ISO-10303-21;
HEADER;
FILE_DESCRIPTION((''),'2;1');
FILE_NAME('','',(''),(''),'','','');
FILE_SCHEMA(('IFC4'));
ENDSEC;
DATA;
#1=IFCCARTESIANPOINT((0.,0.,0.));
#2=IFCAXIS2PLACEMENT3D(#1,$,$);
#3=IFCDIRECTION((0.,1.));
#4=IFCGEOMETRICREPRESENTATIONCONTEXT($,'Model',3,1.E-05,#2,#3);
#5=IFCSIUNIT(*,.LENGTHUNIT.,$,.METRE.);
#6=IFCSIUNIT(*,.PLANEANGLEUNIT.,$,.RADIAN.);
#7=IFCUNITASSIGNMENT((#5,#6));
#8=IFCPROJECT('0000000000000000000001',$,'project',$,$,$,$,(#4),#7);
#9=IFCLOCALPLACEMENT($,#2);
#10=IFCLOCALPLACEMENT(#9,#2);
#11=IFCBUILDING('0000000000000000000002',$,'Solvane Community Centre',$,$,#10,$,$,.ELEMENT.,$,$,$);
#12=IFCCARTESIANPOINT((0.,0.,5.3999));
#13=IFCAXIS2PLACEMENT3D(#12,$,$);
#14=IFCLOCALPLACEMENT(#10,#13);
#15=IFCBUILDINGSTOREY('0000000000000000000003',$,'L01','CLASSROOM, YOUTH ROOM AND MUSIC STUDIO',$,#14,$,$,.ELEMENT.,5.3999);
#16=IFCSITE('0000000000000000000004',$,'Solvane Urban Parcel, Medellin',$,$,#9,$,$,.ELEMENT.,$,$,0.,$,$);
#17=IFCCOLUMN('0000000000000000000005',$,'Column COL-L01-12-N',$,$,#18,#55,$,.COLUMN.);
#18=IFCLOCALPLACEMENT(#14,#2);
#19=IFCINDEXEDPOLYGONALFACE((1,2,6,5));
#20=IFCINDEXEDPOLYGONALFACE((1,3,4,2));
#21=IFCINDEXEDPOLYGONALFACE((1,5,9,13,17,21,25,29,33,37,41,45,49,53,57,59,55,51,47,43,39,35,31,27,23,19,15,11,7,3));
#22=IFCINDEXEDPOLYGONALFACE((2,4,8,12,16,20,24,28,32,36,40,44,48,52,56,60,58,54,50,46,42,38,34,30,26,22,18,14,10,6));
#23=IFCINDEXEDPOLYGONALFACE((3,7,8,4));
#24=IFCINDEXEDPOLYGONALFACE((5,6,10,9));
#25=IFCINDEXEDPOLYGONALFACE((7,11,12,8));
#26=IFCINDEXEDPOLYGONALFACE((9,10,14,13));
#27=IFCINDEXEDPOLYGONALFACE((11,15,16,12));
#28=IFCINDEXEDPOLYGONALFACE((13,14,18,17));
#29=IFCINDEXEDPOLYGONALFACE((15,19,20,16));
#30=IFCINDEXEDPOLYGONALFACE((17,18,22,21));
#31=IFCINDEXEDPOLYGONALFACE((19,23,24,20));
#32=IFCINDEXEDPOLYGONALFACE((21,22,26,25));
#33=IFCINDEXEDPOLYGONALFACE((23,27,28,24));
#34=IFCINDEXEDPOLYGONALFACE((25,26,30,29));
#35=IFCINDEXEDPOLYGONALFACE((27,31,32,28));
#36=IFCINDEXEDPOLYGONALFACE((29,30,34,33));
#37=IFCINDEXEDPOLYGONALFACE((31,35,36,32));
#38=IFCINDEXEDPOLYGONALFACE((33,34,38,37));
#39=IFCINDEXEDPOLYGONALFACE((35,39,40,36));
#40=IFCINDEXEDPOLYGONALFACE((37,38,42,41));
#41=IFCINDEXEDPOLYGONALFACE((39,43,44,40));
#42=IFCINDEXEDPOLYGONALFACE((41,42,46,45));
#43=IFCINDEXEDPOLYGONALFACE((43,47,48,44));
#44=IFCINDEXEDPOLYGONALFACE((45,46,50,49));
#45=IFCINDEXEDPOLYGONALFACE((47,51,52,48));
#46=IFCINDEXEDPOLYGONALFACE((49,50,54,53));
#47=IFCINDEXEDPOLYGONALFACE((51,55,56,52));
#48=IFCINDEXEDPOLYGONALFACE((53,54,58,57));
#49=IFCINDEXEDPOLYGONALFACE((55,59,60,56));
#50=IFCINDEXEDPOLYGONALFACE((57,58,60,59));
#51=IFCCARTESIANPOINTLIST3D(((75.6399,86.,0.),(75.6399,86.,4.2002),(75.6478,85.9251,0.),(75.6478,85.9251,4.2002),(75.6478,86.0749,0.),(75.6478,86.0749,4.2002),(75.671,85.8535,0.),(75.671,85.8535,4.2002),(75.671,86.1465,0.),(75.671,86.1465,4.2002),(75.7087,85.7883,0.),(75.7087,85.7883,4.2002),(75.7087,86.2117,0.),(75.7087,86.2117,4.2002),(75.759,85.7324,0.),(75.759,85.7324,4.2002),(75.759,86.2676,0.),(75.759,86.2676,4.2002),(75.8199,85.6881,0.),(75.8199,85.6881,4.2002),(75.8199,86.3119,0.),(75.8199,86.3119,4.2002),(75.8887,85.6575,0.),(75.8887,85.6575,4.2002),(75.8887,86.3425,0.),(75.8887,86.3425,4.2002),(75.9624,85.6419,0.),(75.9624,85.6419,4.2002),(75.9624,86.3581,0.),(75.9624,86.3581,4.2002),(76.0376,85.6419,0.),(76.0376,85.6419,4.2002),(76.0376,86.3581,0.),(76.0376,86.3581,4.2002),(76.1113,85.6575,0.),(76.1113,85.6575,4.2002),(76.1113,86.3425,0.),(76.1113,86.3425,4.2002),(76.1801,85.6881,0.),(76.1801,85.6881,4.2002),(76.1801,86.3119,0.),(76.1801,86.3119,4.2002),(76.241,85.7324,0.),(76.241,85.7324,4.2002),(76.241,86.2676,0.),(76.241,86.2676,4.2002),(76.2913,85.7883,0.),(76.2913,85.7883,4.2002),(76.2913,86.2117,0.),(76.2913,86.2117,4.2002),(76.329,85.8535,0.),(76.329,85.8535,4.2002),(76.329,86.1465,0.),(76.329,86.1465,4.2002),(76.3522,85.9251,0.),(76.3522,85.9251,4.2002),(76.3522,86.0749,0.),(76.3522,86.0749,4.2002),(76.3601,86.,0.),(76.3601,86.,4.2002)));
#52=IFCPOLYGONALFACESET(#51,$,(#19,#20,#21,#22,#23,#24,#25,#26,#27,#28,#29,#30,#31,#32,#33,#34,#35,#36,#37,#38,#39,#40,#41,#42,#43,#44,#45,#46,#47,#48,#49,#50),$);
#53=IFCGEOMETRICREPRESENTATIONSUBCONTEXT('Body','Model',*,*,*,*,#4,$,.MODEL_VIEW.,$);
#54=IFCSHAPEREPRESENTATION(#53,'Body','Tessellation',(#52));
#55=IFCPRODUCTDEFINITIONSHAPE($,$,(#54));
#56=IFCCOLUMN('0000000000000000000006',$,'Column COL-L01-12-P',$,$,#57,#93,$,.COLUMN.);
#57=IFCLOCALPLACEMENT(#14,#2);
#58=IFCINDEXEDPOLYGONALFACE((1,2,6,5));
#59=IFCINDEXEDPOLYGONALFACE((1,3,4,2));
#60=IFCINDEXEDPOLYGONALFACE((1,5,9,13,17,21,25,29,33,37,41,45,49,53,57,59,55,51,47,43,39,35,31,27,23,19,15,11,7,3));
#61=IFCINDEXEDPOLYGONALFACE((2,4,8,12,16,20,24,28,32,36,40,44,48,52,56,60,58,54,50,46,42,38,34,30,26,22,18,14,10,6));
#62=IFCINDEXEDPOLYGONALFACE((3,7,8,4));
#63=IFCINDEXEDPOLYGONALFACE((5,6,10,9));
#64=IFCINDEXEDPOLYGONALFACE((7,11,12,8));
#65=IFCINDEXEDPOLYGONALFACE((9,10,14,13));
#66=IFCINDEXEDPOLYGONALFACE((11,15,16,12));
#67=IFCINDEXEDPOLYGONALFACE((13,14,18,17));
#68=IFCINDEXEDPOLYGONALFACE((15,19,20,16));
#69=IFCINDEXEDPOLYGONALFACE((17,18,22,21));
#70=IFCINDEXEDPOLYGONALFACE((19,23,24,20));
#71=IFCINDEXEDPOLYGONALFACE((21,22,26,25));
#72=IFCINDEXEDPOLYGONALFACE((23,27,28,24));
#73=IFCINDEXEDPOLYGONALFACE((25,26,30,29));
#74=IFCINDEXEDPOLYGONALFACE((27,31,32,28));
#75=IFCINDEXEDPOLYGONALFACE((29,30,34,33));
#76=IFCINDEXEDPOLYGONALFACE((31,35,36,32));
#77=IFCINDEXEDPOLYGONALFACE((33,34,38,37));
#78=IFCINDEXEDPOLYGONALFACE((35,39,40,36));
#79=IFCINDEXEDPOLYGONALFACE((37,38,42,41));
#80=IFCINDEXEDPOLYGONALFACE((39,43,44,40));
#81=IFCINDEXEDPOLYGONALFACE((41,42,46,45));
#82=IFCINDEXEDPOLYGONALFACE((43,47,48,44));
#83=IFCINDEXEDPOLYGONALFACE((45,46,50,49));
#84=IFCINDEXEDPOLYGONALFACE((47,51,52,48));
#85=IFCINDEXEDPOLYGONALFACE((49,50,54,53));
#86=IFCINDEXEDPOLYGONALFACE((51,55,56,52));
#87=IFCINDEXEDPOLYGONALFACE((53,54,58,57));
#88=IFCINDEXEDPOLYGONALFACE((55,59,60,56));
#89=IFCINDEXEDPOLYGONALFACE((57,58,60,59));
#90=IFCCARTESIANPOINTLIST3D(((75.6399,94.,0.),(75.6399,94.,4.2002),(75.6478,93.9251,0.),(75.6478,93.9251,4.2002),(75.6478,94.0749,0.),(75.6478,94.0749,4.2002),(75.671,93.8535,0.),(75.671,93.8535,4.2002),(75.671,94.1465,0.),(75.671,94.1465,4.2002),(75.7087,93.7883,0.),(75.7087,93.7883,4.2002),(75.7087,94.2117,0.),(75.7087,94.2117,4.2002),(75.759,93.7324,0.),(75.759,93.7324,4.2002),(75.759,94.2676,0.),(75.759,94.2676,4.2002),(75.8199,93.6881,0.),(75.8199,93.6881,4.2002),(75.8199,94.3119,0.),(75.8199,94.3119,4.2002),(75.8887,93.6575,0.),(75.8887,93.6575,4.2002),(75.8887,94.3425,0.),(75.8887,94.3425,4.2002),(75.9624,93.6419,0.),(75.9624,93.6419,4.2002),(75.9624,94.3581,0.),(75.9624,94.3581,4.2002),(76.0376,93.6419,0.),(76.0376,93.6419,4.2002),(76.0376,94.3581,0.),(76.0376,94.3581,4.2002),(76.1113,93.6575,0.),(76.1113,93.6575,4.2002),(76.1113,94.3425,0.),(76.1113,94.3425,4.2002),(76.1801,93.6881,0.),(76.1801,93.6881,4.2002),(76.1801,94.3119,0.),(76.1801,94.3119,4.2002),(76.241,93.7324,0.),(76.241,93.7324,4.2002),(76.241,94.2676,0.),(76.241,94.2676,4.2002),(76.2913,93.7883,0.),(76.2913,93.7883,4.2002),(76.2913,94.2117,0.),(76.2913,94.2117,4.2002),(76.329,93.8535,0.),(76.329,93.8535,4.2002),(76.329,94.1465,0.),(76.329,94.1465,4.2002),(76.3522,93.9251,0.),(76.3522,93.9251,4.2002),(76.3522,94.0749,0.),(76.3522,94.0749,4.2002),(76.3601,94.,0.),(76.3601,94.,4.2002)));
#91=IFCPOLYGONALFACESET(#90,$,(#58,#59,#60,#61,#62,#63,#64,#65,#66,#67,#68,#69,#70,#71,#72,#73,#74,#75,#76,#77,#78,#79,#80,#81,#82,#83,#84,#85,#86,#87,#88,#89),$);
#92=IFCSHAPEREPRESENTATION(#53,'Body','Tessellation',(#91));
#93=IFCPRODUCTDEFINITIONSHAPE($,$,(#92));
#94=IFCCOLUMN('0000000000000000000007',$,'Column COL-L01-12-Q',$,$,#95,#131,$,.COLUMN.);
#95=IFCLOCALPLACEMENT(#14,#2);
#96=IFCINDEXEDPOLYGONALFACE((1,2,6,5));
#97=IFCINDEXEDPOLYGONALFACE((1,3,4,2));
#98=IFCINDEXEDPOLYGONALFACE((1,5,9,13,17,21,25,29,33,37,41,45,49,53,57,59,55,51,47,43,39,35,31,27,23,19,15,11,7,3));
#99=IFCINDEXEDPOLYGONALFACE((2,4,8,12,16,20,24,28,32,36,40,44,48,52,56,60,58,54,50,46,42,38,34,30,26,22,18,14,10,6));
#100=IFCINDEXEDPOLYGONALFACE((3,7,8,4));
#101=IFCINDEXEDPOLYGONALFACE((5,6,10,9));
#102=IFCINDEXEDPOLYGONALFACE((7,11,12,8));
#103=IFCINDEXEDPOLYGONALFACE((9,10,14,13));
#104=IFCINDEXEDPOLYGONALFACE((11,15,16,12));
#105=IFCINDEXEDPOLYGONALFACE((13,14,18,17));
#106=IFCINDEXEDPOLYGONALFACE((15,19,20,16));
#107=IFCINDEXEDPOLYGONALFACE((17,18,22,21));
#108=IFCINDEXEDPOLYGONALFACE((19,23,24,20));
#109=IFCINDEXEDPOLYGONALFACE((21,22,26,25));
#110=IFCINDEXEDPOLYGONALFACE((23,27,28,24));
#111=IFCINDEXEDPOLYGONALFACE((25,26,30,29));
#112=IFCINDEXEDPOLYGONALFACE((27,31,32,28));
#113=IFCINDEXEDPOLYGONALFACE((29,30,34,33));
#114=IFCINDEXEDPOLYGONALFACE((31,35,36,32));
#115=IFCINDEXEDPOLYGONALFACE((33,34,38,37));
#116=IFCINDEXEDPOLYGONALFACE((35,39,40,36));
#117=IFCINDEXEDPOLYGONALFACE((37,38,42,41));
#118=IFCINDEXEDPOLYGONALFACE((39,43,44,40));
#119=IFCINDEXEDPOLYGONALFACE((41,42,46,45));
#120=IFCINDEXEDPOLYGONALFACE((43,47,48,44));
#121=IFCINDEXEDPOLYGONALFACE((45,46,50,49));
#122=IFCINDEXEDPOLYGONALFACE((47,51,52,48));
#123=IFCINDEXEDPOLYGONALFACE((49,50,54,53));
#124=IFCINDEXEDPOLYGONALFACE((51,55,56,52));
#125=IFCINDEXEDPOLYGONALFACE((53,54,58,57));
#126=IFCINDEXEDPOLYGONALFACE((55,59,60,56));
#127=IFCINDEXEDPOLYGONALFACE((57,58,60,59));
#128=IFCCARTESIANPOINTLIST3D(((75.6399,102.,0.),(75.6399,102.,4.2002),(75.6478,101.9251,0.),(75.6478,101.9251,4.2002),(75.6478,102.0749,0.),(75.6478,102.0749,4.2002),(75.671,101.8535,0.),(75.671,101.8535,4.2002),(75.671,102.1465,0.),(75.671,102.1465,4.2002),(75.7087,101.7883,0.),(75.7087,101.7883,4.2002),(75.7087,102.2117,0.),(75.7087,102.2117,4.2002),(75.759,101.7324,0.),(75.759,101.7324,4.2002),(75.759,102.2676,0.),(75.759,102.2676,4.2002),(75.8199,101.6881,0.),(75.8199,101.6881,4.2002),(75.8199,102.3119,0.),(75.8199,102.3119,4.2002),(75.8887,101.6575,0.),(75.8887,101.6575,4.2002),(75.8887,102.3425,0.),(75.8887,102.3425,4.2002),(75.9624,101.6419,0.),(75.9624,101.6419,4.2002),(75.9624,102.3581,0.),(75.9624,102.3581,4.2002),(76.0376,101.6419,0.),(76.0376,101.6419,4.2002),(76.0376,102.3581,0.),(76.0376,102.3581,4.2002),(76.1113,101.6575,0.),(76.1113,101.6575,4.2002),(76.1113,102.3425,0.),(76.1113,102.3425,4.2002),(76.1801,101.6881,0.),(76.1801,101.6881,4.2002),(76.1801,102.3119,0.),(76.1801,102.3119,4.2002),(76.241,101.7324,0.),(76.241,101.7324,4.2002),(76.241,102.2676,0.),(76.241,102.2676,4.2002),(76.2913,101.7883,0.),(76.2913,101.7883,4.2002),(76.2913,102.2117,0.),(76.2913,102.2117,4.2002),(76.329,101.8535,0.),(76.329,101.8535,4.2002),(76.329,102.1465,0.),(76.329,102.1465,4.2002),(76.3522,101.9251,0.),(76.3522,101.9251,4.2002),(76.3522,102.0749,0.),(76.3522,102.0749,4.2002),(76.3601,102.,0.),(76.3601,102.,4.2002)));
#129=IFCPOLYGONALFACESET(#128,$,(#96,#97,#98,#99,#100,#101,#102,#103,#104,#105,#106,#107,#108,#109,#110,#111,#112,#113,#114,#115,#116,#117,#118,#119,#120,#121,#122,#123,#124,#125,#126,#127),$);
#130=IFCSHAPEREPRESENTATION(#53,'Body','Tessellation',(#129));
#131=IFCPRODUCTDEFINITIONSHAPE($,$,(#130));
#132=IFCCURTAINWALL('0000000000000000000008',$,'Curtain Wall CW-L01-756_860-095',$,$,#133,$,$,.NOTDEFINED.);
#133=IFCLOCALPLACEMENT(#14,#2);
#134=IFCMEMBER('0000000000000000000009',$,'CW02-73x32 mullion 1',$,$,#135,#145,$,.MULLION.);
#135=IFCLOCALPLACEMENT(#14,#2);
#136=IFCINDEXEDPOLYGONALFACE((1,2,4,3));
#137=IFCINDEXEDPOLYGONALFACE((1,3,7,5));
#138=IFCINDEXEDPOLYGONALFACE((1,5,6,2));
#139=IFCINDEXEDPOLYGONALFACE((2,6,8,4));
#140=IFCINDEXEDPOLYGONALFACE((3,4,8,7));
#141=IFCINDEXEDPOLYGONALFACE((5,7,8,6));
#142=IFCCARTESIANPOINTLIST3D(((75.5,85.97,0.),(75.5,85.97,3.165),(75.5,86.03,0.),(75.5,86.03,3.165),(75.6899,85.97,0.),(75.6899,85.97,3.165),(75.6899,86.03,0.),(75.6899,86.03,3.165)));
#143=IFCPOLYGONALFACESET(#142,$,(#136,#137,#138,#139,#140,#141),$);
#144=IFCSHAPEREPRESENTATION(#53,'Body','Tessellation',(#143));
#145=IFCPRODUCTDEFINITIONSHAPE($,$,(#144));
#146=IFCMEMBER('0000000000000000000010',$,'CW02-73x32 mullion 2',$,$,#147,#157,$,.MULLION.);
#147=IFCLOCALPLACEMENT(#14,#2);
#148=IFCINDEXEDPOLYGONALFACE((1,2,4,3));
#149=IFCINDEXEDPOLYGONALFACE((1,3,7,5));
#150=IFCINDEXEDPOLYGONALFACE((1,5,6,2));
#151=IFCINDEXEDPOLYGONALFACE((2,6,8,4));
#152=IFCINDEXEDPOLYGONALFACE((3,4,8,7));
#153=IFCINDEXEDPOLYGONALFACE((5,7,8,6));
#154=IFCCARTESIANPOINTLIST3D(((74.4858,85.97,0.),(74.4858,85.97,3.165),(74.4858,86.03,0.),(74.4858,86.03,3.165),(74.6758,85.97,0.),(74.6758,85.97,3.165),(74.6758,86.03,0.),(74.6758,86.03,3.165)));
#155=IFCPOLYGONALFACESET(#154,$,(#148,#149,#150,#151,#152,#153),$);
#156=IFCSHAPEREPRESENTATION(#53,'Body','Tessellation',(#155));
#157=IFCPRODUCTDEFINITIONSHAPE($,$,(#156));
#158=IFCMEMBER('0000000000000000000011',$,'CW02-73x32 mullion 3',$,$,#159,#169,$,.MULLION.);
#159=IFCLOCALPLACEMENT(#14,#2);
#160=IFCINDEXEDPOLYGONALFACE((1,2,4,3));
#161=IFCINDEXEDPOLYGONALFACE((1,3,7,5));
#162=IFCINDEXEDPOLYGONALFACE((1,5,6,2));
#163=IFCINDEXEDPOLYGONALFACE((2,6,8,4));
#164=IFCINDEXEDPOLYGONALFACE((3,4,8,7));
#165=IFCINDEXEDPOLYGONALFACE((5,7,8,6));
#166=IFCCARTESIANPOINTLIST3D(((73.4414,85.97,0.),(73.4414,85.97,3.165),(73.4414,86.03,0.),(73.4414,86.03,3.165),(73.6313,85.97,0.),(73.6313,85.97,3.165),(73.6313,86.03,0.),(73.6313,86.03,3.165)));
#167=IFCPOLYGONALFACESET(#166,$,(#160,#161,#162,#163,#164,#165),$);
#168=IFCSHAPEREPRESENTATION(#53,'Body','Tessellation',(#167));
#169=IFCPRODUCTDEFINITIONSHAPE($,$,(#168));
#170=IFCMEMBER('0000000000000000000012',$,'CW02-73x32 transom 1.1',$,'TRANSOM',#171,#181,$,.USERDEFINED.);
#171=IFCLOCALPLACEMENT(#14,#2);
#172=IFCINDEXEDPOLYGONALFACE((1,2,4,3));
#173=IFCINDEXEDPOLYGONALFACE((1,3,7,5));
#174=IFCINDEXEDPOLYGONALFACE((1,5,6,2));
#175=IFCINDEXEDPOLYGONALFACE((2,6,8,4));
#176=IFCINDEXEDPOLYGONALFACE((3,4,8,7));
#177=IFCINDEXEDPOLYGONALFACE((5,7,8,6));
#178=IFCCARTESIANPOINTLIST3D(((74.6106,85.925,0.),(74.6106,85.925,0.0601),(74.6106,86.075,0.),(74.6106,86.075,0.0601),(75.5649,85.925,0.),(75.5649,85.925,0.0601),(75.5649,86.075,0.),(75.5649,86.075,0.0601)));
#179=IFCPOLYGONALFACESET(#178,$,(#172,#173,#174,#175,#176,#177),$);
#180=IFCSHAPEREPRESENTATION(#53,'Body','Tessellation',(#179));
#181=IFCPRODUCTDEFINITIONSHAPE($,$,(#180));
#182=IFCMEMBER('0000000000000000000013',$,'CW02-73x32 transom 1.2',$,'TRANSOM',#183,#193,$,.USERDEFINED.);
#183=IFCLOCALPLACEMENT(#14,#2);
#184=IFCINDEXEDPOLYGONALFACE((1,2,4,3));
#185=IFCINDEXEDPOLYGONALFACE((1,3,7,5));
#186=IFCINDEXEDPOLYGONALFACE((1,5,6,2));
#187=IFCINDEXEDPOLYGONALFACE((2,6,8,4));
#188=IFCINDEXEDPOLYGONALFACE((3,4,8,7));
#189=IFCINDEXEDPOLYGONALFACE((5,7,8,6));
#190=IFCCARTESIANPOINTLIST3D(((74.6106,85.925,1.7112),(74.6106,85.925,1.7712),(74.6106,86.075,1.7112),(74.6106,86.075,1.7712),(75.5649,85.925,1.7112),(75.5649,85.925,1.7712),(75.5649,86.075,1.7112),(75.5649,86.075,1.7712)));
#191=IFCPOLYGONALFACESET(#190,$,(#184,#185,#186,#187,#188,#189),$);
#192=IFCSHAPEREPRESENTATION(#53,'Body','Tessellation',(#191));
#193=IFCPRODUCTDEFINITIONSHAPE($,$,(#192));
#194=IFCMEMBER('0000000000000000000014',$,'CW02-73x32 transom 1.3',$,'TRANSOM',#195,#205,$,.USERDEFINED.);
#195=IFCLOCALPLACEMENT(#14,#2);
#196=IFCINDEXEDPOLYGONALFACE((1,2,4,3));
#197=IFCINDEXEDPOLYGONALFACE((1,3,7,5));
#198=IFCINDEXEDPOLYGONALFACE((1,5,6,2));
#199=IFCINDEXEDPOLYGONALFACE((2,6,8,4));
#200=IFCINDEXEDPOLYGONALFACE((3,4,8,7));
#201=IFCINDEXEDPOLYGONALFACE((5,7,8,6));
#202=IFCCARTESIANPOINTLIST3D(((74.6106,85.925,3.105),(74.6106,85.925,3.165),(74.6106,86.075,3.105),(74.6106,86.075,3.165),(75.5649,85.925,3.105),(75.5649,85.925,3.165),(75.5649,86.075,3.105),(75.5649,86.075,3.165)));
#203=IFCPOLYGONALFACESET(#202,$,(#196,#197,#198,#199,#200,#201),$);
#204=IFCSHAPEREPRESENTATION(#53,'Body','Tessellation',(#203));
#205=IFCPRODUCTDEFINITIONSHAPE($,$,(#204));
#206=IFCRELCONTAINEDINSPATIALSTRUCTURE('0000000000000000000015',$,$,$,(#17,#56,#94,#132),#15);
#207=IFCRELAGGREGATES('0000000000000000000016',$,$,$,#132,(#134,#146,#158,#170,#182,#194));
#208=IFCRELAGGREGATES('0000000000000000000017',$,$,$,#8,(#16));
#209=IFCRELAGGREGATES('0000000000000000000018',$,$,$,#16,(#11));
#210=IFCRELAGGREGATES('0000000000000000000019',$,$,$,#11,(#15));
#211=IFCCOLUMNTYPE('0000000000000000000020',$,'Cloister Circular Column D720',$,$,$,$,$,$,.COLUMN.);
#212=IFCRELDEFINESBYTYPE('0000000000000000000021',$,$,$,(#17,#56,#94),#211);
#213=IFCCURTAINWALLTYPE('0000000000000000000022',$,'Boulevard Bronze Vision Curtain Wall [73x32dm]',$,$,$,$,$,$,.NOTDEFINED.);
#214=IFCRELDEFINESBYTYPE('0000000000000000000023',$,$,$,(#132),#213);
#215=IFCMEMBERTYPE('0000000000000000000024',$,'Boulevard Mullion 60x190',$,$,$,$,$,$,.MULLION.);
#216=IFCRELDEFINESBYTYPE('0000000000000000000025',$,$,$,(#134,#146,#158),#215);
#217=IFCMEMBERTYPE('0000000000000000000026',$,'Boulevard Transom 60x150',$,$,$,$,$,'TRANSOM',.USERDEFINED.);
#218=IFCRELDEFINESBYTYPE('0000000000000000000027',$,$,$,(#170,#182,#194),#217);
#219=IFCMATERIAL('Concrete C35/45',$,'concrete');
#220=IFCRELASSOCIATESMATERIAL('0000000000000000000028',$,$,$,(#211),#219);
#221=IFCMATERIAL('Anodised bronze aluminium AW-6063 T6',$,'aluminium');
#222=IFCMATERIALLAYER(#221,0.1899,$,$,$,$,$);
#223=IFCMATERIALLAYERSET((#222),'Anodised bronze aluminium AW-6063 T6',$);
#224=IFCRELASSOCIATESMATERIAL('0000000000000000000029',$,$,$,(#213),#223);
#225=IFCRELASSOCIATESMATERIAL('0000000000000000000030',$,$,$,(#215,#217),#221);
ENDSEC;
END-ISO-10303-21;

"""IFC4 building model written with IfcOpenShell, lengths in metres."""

from ifc_helpers import new_model, si_unit, direction, frame, origin, origin_2d, place, context, subcontext, project, spatial, rectangle, circle, extrude, material, layer, layer_set, material_profile, profile_set, type_object, element, aggregate, save


model = new_model("IFC4")

# Units and contexts
model_context = context("Model", 3, precision=1e-05, world=origin(), true_north=direction((0.0, 1.0)))
body_context = subcontext(model_context, "Body", "Model", "MODEL_VIEW")
ifc_project = project(units=[si_unit("LENGTHUNIT", "METRE"), si_unit("PLANEANGLEUNIT", "RADIAN")], contexts=[model_context])

# Site, building, storey
site_placement = place(None, origin())
site = spatial("IfcSite", under=ifc_project, at=site_placement, Name="Solvane Urban Parcel, Medellin", CompositionType="ELEMENT", RefElevation=0.0)
building_placement = place(site_placement, origin())
building = spatial("IfcBuilding", under=site, at=building_placement, Name="Solvane Community Centre", CompositionType="ELEMENT")
storey_placement = place(building_placement, frame((0.0, 0.0, 5.3999)))
storey = spatial("IfcBuildingStorey", under=building, at=storey_placement, Name="L01", Description="CLASSROOM, YOUTH ROOM AND MUSIC STUDIO", CompositionType="ELEMENT", Elevation=5.3999)

# Columns
ifc_material_1 = material(Name="Concrete C35/45", Category="concrete")
ifc_material_profile_1 = material_profile(ifc_material_1, circle(Radius=0.3601, at=origin_2d()), Name="RC D720")
ifc_profile_set_1 = profile_set([ifc_material_profile_1], Name="Concrete C35/45")
column_type = type_object("IfcColumnType", Name="Cloister Circular Column D720", PredefinedType="COLUMN", material=ifc_profile_set_1)
for number, where, z_axis, x_axis, name in (
    (1, (76.0, 86.0, 0.0), (0.0, 0.0, 1.0), (1.0, 0.0, 0.0), "Column COL-L01-12-N"),
    (2, (76.0, 94.0, 0.0), (0.0, 0.0, 1.0), (1.0, 0.0, 0.0), "Column COL-L01-12-P"),
    (3, (76.0, 102.0, 0.0), (0.0, 0.0, 1.0), (1.0, 0.0, 0.0), "Column COL-L01-12-Q"),
):
    element("IfcColumn", number, at=place(storey_placement, frame(where, z_axis=z_axis, x_axis=x_axis)), inside=storey, type_object=column_type, Name=name, PredefinedType="COLUMN", context=body_context, shape_type="SweptSolid", body=[
        extrude(circle(Radius=0.3601, at=origin_2d()), origin(), (0.0, 0.0, 1.0), 4.2002),
    ])

# Curtain wall, members
ifc_material_2 = material(Name="Anodised bronze aluminium AW-6063 T6", Category="aluminium")
ifc_layer_1 = layer(ifc_material_2, 0.1899)
ifc_layer_set_1 = layer_set([ifc_layer_1], Name="Anodised bronze aluminium AW-6063 T6")
curtain_wall_type = type_object("IfcCurtainWallType", Name="Boulevard Bronze Vision Curtain Wall [73x32dm]", PredefinedType="NOTDEFINED", material=ifc_layer_set_1)
curtain_wall_placement = place(storey_placement, origin())
curtain_wall = element("IfcCurtainWall", 4, at=curtain_wall_placement, inside=storey, type_object=curtain_wall_type, Name="Curtain Wall CW-L01-756_860-095", PredefinedType="NOTDEFINED")
ifc_material_profile_2 = material_profile(ifc_material_2, rectangle(XDim=0.0601, YDim=0.1899, at=origin_2d()), Name="CW-M 60x190")
ifc_profile_set_2 = profile_set([ifc_material_profile_2], Name="Anodised bronze aluminium AW-6063 T6")
member_type_1 = type_object("IfcMemberType", Name="Boulevard Mullion 60x190", PredefinedType="MULLION", material=ifc_profile_set_2)
member_1_placement = place(storey_placement, frame((75.595, 86.0, 0.0), z_axis=(0.0, 0.0, 1.0), x_axis=(0.0, -1.0, 0.0)))
member_1 = element("IfcMember", 5, at=member_1_placement, type_object=member_type_1, Name="CW02-73x32 mullion 1", PredefinedType="MULLION", context=body_context, shape_type="SweptSolid", body=[
    extrude(rectangle(XDim=0.0601, YDim=0.1899, at=origin_2d()), origin(), (0.0, 0.0, 1.0), 3.165),
])
member_2_placement = place(storey_placement, frame((74.5808, 86.0, 0.0), z_axis=(0.0, 0.0, 1.0), x_axis=(0.0, -1.0, 0.0)))
member_2 = element("IfcMember", 6, at=member_2_placement, type_object=member_type_1, Name="CW02-73x32 mullion 2", PredefinedType="MULLION", context=body_context, shape_type="SweptSolid", body=[
    extrude(rectangle(XDim=0.0601, YDim=0.1899, at=origin_2d()), origin(), (0.0, 0.0, 1.0), 3.165),
])
member_3_placement = place(storey_placement, frame((73.5364, 86.0, 0.0), z_axis=(0.0, 0.0, 1.0), x_axis=(0.0, -1.0, 0.0)))
member_3 = element("IfcMember", 7, at=member_3_placement, type_object=member_type_1, Name="CW02-73x32 mullion 3", PredefinedType="MULLION", context=body_context, shape_type="SweptSolid", body=[
    extrude(rectangle(XDim=0.0601, YDim=0.1899, at=origin_2d()), origin(), (0.0, 0.0, 1.0), 3.165),
])
ifc_material_profile_3 = material_profile(ifc_material_2, rectangle(XDim=0.1499, YDim=0.0601, at=origin_2d()), Name="CW-T 60x150")
ifc_profile_set_3 = profile_set([ifc_material_profile_3], Name="Anodised bronze aluminium AW-6063 T6")
member_type_2 = type_object("IfcMemberType", Name="Boulevard Transom 60x150", ElementType="TRANSOM", PredefinedType="USERDEFINED", material=ifc_profile_set_3)
member_4_placement = place(storey_placement, frame((75.5649, 86.0, 0.03), z_axis=(-1.0, 0.0, 0.0), x_axis=(0.0, -1.0, 0.0)))
member_4 = element("IfcMember", 8, at=member_4_placement, type_object=member_type_2, Name="CW02-73x32 transom 1.1", ObjectType="TRANSOM", PredefinedType="USERDEFINED", context=body_context, shape_type="SweptSolid", body=[
    extrude(rectangle(XDim=0.1499, YDim=0.0601, at=origin_2d()), origin(), (0.0, 0.0, 1.0), 0.9543),
])
member_5_placement = place(storey_placement, frame((75.5649, 86.0, 1.7412), z_axis=(-1.0, 0.0, 0.0), x_axis=(0.0, -1.0, 0.0)))
member_5 = element("IfcMember", 9, at=member_5_placement, type_object=member_type_2, Name="CW02-73x32 transom 1.2", ObjectType="TRANSOM", PredefinedType="USERDEFINED", context=body_context, shape_type="SweptSolid", body=[
    extrude(rectangle(XDim=0.1499, YDim=0.0601, at=origin_2d()), origin(), (0.0, 0.0, 1.0), 0.9543),
])
member_6_placement = place(storey_placement, frame((75.5649, 86.0, 3.135), z_axis=(-1.0, 0.0, 0.0), x_axis=(0.0, -1.0, 0.0)))
member_6 = element("IfcMember", 10, at=member_6_placement, type_object=member_type_2, Name="CW02-73x32 transom 1.3", ObjectType="TRANSOM", PredefinedType="USERDEFINED", context=body_context, shape_type="SweptSolid", body=[
    extrude(rectangle(XDim=0.1499, YDim=0.0601, at=origin_2d()), origin(), (0.0, 0.0, 1.0), 0.9543),
])

aggregate(curtain_wall, [member_1, member_2, member_3, member_4, member_5, member_6])

save(model, "model.ifc")
